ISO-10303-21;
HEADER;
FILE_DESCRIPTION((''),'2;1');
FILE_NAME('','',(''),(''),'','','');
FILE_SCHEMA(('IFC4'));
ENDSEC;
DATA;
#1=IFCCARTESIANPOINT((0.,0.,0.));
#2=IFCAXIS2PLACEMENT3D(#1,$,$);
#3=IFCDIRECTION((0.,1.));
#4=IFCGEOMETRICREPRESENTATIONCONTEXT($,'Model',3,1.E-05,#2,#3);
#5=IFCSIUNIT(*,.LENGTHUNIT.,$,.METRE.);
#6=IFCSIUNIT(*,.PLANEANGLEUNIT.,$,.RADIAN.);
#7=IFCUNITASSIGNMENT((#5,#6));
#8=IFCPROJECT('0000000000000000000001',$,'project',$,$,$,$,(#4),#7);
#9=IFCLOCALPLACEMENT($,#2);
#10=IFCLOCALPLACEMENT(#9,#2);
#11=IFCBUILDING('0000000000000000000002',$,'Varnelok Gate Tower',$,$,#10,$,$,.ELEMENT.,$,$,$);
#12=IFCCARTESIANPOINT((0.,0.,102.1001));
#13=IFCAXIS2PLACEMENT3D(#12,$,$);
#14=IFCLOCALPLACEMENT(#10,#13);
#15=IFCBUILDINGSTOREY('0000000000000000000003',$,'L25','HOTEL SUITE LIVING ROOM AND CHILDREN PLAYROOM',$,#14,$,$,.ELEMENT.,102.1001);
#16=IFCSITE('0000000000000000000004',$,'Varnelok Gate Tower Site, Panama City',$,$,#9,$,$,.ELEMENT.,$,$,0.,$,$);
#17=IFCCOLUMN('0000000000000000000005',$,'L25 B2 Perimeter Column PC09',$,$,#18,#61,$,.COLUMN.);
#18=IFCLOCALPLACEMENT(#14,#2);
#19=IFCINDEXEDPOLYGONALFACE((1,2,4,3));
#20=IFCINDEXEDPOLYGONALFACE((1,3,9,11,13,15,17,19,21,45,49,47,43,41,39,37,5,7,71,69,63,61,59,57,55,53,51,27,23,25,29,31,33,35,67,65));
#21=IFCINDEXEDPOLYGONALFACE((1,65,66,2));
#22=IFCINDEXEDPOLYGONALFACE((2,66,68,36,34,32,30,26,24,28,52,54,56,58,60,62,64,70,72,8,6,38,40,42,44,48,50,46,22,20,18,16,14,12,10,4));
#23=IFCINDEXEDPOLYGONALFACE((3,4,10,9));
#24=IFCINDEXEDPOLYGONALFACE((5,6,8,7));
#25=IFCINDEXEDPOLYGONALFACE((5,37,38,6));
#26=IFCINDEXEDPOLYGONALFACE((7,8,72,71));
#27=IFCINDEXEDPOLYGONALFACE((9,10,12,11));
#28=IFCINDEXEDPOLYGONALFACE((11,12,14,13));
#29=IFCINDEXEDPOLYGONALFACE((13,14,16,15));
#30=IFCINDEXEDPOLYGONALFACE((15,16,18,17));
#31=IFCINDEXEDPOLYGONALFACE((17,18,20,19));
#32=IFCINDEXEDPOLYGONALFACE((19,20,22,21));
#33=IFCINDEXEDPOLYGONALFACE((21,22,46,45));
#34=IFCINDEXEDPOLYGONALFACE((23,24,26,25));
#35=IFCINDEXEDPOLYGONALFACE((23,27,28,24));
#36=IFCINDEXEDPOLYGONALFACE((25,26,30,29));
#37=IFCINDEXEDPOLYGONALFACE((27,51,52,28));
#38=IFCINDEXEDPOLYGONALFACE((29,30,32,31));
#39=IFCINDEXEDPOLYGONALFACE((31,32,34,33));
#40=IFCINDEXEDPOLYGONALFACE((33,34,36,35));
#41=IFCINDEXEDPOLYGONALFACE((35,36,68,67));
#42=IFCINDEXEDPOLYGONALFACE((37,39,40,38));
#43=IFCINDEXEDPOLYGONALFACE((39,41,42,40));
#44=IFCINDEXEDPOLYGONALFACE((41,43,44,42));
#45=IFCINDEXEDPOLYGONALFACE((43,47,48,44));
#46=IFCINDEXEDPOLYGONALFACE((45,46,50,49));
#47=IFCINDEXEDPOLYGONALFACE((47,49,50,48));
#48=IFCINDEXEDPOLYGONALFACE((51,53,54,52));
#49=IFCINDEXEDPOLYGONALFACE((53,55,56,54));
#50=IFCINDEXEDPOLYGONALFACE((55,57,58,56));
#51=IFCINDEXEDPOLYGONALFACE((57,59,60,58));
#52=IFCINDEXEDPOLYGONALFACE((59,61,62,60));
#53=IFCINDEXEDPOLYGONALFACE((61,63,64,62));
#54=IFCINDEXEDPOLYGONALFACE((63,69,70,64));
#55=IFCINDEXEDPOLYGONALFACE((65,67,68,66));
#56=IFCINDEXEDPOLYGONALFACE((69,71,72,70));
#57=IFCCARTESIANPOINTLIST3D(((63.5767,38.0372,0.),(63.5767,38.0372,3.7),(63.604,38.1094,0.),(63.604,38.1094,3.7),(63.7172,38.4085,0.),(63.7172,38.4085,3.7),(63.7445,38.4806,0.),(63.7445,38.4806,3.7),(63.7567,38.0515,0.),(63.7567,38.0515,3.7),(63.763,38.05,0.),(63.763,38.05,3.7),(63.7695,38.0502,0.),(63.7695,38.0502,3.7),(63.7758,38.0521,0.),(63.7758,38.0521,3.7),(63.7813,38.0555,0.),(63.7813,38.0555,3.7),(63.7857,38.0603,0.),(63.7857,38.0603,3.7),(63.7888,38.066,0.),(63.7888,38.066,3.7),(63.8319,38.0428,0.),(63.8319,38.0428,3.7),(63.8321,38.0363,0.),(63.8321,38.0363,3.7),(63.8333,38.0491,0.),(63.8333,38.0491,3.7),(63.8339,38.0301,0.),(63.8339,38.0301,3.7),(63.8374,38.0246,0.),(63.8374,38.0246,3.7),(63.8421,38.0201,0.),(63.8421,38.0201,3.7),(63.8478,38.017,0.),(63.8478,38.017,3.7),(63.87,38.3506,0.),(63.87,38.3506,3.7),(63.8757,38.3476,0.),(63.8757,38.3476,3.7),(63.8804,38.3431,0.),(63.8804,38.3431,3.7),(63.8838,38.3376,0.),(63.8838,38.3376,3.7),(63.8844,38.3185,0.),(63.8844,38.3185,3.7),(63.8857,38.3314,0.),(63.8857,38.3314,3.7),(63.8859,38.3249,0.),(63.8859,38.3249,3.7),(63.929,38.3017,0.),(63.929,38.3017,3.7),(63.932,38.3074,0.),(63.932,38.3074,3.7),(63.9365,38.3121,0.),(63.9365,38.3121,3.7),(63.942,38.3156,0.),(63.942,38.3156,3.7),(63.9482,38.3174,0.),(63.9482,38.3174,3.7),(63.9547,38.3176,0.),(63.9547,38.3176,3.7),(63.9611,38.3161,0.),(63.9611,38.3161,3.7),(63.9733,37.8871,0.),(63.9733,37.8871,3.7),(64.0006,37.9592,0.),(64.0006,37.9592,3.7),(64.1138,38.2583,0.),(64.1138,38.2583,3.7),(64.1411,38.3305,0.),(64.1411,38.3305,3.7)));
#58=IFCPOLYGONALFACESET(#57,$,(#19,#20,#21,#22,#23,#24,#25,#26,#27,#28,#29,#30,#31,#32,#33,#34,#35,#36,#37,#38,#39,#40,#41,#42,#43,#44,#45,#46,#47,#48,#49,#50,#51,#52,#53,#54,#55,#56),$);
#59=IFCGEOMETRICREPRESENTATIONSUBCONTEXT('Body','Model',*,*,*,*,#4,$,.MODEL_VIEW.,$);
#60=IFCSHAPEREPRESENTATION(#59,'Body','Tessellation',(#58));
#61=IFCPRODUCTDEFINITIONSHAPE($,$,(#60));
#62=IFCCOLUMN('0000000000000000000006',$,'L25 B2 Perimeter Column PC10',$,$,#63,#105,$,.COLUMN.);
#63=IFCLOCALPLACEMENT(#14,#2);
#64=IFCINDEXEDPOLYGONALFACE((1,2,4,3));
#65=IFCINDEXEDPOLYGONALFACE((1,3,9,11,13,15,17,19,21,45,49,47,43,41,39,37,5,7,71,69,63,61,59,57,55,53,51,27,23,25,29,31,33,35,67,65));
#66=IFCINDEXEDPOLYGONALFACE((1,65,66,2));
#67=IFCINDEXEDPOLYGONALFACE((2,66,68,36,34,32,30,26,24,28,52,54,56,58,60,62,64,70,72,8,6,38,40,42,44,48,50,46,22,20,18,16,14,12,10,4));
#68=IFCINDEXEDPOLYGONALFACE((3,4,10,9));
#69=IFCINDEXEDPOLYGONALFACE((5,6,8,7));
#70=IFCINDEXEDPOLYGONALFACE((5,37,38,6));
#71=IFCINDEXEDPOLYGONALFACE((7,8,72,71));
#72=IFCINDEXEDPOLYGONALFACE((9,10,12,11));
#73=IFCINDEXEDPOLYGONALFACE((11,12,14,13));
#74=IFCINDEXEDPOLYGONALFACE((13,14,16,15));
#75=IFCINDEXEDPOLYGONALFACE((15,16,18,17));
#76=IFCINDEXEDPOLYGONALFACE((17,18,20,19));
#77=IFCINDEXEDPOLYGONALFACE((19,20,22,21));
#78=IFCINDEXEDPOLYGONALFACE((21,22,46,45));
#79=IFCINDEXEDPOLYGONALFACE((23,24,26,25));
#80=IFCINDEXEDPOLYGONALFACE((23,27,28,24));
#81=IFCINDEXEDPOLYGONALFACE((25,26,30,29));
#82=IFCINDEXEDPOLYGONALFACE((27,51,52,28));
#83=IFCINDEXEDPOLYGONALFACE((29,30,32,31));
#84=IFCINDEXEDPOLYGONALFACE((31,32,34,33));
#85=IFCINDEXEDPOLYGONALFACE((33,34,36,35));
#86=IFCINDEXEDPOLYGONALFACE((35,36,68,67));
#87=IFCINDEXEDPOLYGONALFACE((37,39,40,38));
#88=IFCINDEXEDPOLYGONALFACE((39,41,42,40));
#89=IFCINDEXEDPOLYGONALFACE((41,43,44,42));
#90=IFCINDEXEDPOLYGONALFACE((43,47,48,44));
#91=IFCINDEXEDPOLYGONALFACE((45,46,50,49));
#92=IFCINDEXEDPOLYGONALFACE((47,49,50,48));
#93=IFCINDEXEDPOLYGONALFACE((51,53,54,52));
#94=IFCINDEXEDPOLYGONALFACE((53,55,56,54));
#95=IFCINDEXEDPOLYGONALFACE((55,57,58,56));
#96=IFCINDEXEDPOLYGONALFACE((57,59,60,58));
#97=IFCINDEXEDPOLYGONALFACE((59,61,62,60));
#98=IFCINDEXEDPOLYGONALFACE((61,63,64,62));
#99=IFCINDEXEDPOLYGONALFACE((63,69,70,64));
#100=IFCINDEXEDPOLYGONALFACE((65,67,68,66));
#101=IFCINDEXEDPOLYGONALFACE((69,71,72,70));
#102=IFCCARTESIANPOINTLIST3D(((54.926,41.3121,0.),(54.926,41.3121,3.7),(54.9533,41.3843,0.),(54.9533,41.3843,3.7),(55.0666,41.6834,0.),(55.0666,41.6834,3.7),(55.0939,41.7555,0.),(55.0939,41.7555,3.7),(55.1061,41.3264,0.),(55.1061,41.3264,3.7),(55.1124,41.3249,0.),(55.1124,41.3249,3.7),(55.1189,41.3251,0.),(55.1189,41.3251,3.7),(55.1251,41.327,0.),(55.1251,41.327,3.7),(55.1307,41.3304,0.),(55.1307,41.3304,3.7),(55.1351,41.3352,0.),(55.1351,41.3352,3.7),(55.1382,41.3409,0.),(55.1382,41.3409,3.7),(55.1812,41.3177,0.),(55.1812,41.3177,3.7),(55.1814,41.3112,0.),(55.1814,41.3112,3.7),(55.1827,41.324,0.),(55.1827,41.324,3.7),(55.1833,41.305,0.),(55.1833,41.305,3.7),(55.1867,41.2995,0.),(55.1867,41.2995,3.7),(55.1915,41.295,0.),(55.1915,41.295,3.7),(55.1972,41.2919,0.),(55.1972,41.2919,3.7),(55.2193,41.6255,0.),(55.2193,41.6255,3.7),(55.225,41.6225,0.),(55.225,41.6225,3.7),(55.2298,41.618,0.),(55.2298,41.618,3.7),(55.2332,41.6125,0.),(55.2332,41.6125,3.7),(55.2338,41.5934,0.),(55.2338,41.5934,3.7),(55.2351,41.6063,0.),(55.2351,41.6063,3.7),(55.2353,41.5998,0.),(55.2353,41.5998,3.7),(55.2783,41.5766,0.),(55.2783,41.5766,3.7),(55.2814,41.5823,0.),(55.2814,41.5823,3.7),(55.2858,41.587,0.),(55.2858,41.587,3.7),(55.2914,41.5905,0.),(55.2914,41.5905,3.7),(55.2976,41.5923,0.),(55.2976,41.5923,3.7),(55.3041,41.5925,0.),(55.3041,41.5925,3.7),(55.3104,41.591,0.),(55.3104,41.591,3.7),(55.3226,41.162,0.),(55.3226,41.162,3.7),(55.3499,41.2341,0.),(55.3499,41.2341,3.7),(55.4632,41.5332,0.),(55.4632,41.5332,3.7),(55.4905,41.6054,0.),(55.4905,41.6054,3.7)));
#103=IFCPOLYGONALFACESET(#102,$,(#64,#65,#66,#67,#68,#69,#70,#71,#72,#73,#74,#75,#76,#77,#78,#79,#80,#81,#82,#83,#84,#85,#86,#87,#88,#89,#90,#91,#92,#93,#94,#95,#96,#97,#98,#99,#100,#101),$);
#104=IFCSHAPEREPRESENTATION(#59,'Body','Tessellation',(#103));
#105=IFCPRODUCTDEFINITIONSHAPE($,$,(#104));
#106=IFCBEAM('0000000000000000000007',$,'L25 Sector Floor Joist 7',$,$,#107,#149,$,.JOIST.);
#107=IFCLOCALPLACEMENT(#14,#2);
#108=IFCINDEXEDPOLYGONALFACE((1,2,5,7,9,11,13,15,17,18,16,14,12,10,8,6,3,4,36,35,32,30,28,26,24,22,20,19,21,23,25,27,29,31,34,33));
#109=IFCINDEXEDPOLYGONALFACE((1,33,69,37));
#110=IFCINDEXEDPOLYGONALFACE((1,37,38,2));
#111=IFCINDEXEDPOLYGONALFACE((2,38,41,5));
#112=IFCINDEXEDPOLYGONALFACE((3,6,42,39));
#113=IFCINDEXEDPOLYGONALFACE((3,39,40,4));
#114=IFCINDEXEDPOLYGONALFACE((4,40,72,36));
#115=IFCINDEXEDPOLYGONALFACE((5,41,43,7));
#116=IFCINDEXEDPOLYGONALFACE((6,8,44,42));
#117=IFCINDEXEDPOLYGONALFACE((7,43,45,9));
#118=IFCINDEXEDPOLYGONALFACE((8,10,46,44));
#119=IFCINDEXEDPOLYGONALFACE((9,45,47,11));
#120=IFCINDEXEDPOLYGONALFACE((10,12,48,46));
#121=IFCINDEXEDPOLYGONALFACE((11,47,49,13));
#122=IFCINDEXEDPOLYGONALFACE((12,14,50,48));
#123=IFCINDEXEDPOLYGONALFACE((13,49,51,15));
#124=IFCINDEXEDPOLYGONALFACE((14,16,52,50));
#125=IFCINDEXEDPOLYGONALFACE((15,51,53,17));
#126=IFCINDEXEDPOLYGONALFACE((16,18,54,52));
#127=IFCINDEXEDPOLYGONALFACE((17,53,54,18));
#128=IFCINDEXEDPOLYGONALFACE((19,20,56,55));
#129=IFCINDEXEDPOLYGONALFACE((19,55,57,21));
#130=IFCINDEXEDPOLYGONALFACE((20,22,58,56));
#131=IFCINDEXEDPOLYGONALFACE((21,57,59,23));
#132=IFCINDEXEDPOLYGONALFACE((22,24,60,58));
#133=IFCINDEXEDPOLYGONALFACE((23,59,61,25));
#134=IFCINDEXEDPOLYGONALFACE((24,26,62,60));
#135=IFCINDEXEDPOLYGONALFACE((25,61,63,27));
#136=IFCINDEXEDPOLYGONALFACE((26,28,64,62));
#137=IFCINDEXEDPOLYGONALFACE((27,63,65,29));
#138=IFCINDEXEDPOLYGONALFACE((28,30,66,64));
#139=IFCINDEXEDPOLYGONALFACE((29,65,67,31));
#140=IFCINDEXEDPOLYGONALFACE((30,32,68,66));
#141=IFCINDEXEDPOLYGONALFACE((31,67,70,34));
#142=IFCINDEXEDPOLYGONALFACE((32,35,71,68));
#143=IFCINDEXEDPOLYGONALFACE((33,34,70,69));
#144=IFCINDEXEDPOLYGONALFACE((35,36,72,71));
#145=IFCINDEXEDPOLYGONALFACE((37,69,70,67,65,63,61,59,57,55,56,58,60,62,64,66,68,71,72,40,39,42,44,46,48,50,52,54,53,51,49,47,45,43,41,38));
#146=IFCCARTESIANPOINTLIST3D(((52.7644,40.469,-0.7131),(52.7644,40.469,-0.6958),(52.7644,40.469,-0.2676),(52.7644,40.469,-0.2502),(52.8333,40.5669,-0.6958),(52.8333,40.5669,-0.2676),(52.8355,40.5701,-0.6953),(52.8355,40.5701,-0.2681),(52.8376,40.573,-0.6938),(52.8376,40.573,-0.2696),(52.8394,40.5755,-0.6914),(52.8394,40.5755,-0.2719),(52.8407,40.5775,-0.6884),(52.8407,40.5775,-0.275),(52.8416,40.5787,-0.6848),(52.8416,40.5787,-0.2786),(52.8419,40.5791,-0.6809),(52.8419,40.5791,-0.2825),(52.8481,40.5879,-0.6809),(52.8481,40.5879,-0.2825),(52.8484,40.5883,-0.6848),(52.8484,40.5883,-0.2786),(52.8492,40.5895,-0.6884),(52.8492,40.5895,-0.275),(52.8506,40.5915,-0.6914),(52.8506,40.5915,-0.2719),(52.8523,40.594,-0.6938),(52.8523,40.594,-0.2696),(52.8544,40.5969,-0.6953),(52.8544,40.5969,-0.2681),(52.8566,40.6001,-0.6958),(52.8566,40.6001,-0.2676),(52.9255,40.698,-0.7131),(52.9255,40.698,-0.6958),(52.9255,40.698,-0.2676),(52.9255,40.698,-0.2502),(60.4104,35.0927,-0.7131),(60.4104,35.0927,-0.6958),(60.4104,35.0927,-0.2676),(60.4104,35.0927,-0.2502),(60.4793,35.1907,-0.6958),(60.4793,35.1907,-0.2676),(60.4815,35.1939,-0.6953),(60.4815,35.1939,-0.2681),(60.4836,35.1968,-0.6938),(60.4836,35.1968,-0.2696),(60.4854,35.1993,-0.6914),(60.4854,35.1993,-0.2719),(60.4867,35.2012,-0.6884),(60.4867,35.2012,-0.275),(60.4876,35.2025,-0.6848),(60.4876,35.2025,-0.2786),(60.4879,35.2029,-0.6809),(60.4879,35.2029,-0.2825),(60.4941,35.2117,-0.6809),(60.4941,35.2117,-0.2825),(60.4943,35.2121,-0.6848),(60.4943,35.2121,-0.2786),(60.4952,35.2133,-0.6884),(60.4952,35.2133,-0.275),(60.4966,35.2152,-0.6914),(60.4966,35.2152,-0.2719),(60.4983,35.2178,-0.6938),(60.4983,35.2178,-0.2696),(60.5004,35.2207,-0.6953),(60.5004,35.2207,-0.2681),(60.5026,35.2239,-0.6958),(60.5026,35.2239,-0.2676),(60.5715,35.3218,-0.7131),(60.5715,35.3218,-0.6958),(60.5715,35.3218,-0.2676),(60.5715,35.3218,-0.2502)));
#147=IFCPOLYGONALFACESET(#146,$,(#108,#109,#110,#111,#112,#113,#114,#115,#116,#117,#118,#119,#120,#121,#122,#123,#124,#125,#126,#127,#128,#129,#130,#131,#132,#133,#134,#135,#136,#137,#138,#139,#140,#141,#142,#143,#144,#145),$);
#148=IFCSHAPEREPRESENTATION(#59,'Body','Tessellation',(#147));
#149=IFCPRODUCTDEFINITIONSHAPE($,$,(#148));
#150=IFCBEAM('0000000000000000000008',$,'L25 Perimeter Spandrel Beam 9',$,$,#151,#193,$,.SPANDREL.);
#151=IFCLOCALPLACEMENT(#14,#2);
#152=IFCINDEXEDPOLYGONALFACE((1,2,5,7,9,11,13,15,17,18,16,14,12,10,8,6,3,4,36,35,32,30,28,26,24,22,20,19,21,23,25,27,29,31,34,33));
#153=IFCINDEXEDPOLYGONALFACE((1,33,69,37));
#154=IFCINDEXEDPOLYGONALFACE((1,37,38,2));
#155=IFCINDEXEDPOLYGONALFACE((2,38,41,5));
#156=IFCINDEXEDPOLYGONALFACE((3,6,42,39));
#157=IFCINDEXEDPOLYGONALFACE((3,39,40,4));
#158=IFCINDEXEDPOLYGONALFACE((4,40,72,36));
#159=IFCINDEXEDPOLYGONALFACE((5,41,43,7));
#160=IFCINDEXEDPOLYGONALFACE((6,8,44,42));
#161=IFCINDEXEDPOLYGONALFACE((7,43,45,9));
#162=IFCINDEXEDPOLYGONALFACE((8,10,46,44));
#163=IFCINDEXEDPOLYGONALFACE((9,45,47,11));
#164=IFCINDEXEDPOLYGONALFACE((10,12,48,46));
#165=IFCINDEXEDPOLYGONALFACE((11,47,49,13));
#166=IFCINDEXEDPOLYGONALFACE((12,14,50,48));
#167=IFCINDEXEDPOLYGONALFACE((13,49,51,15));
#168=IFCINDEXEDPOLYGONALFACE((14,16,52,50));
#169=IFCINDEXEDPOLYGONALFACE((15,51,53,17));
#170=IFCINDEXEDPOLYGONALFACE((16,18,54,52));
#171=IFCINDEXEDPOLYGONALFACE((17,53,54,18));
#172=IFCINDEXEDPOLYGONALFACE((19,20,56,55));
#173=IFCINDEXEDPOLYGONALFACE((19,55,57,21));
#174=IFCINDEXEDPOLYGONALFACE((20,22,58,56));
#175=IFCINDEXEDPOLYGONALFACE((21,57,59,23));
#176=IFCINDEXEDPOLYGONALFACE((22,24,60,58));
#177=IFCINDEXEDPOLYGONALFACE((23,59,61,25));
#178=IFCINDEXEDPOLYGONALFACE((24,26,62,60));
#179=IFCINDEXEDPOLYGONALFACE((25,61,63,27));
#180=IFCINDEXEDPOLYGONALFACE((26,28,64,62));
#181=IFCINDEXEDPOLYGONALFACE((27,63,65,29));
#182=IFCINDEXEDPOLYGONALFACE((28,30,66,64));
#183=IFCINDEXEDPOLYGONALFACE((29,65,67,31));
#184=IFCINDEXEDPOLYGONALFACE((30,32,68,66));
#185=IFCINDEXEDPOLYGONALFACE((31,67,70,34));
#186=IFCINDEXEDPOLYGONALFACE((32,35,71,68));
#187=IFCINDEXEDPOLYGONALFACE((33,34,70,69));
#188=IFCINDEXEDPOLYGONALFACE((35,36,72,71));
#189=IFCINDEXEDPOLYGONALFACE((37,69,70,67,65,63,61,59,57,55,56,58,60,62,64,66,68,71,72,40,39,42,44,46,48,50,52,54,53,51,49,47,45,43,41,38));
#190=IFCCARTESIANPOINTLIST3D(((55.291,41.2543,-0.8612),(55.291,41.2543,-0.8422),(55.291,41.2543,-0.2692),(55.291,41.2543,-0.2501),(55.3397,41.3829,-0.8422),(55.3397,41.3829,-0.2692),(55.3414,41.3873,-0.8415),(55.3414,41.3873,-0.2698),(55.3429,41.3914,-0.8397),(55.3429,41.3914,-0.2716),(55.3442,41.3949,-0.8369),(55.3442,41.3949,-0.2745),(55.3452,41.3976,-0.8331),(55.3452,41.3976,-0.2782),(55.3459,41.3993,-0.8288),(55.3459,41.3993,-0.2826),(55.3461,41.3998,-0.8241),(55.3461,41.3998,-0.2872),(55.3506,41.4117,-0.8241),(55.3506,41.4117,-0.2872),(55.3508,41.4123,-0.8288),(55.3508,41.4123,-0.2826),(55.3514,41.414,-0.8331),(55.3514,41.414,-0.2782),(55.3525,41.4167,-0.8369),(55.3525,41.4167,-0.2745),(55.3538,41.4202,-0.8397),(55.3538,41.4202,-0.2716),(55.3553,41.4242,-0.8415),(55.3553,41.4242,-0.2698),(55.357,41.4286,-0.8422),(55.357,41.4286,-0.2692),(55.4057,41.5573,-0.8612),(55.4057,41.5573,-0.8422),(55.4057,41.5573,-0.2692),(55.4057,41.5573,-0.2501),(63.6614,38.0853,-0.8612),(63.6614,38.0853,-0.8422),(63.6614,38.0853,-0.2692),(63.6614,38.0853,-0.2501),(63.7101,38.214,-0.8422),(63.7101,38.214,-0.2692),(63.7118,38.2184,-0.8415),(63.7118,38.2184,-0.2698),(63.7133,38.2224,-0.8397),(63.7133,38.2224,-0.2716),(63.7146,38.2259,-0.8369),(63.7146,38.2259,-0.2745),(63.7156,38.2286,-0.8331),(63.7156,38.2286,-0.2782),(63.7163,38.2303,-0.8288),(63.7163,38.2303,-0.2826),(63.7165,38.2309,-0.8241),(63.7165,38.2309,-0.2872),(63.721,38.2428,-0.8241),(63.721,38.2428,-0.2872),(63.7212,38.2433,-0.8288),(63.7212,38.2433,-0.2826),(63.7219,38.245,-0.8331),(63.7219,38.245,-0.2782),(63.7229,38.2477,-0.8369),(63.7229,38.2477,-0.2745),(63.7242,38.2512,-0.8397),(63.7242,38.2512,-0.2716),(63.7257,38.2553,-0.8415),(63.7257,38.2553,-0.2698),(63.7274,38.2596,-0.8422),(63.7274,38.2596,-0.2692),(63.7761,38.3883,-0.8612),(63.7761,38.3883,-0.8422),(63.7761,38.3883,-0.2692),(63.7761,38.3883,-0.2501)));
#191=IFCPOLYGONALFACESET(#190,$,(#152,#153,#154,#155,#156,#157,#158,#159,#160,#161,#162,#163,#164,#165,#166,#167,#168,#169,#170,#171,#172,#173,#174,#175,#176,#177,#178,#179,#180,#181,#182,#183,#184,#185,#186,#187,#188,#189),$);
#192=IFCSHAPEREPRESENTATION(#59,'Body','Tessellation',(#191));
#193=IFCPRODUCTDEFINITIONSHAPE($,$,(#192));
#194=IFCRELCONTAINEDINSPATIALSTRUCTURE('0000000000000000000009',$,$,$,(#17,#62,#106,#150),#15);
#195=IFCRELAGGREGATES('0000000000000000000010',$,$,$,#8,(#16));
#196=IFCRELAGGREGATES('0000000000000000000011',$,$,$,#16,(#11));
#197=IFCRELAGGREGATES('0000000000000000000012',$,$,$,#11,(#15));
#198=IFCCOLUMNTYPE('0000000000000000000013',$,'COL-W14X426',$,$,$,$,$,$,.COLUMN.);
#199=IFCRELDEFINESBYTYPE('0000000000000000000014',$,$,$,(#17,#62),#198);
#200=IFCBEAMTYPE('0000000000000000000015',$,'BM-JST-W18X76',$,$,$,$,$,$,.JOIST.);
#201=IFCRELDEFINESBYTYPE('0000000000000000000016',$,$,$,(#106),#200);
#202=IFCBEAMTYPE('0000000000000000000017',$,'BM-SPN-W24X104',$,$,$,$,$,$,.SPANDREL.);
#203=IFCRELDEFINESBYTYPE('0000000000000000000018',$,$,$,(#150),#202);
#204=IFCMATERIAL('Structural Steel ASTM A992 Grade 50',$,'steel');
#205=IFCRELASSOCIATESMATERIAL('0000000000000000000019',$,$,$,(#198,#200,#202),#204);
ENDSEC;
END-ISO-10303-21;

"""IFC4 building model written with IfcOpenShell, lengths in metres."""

from ifc_helpers import new_model, si_unit, direction, frame, origin, origin_2d, place, context, subcontext, project, spatial, i_section, extrude, material, material_profile, profile_set, type_object, element, save


model = new_model("IFC4")

# Units and contexts
model_context = context("Model", 3, precision=1e-05, world=origin(), true_north=direction((0.0, 1.0)))
body_context = subcontext(model_context, "Body", "Model", "MODEL_VIEW")
ifc_project = project(units=[si_unit("LENGTHUNIT", "METRE"), si_unit("PLANEANGLEUNIT", "RADIAN")], contexts=[model_context])

# Site, building, storey
site_placement = place(None, origin())
site = spatial("IfcSite", under=ifc_project, at=site_placement, Name="Varnelok Gate Tower Site, Panama City", CompositionType="ELEMENT", RefElevation=0.0)
building_placement = place(site_placement, origin())
building = spatial("IfcBuilding", under=site, at=building_placement, Name="Varnelok Gate Tower", CompositionType="ELEMENT")
storey_placement = place(building_placement, frame((0.0, 0.0, 102.1001)))
storey = spatial("IfcBuildingStorey", under=building, at=storey_placement, Name="L25", Description="HOTEL SUITE LIVING ROOM AND CHILDREN PLAYROOM", CompositionType="ELEMENT", Elevation=102.1001)

# Columns
ifc_material_1 = material(Name="Structural Steel ASTM A992 Grade 50", Category="steel")
ifc_material_profile_1 = material_profile(ifc_material_1, i_section(OverallWidth=0.4241, OverallDepth=0.4741, WebThickness=0.0476, FlangeThickness=0.0771, FilletRadius=0.0249, at=origin_2d()), Name="W14X426")
ifc_profile_set_1 = profile_set([ifc_material_profile_1], Name="Structural Steel ASTM A992 Grade 50")
column_type = type_object("IfcColumnType", Name="COL-W14X426", PredefinedType="COLUMN", material=ifc_profile_set_1)
for number, where, z_axis, x_axis, name in (
    (1, (63.8589, 38.1838, 0.0), (0.0, 0.0, 1.0), (0.935222, -0.354063, 0.0), "L25 B2 Perimeter Column PC09"),
    (2, (55.2083, 41.4587, 0.0), (0.0, 0.0, 1.0), (0.935222, -0.354063, 0.0), "L25 B2 Perimeter Column PC10"),
):
    element("IfcColumn", number, at=place(storey_placement, frame(where, z_axis=z_axis, x_axis=x_axis)), inside=storey, type_object=column_type, Name=name, PredefinedType="COLUMN", context=body_context, shape_type="SweptSolid", body=[
        extrude(i_section(OverallWidth=0.4241, OverallDepth=0.4741, WebThickness=0.0476, FlangeThickness=0.0771, FilletRadius=0.0249, at=origin_2d()), origin(), (0.0, 0.0, 1.0), 3.7),
    ])

# Beams
ifc_material_profile_2 = material_profile(ifc_material_1, i_section(OverallWidth=0.28, OverallDepth=0.4629, WebThickness=0.0107, FlangeThickness=0.0173, FilletRadius=0.0149, at=origin_2d()), Name="W18X76")
ifc_profile_set_2 = profile_set([ifc_material_profile_2], Name="Structural Steel ASTM A992 Grade 50")
beam_type_1 = type_object("IfcBeamType", Name="BM-JST-W18X76", PredefinedType="JOIST", material=ifc_profile_set_2)
beam_1_placement = place(storey_placement, frame((60.491, 35.2073, -0.4817), z_axis=(-0.818023, 0.575186, 0.0), x_axis=(-0.575186, -0.818023, 0.0)))
element("IfcBeam", 3, at=beam_1_placement, inside=storey, type_object=beam_type_1, Name="L25 Sector Floor Joist 7", PredefinedType="JOIST", context=body_context, shape_type="SweptSolid", body=[
    extrude(i_section(OverallWidth=0.28, OverallDepth=0.4629, WebThickness=0.0107, FlangeThickness=0.0173, FilletRadius=0.0149, at=origin_2d()), origin(), (0.0, 0.0, 1.0), 9.3469),
])
ifc_material_profile_3 = material_profile(ifc_material_1, i_section(OverallWidth=0.324, OverallDepth=0.6111, WebThickness=0.0127, FlangeThickness=0.019, FilletRadius=0.0181, at=origin_2d()), Name="W24X104")
ifc_profile_set_3 = profile_set([ifc_material_profile_3], Name="Structural Steel ASTM A992 Grade 50")
beam_type_2 = type_object("IfcBeamType", Name="BM-SPN-W24X104", PredefinedType="SPANDREL", material=ifc_profile_set_3)
beam_2_placement = place(storey_placement, frame((63.7188, 38.2368, -0.5557), z_axis=(-0.93522, 0.354066, 0.0), x_axis=(-0.354066, -0.93522, 0.0)))
element("IfcBeam", 4, at=beam_2_placement, inside=storey, type_object=beam_type_2, Name="L25 Perimeter Spandrel Beam 9", PredefinedType="SPANDREL", context=body_context, shape_type="SweptSolid", body=[
    extrude(i_section(OverallWidth=0.324, OverallDepth=0.6111, WebThickness=0.0127, FlangeThickness=0.019, FilletRadius=0.0181, at=origin_2d()), origin(), (0.0, 0.0, 1.0), 8.9502),
])

save(model, "model.ifc")
